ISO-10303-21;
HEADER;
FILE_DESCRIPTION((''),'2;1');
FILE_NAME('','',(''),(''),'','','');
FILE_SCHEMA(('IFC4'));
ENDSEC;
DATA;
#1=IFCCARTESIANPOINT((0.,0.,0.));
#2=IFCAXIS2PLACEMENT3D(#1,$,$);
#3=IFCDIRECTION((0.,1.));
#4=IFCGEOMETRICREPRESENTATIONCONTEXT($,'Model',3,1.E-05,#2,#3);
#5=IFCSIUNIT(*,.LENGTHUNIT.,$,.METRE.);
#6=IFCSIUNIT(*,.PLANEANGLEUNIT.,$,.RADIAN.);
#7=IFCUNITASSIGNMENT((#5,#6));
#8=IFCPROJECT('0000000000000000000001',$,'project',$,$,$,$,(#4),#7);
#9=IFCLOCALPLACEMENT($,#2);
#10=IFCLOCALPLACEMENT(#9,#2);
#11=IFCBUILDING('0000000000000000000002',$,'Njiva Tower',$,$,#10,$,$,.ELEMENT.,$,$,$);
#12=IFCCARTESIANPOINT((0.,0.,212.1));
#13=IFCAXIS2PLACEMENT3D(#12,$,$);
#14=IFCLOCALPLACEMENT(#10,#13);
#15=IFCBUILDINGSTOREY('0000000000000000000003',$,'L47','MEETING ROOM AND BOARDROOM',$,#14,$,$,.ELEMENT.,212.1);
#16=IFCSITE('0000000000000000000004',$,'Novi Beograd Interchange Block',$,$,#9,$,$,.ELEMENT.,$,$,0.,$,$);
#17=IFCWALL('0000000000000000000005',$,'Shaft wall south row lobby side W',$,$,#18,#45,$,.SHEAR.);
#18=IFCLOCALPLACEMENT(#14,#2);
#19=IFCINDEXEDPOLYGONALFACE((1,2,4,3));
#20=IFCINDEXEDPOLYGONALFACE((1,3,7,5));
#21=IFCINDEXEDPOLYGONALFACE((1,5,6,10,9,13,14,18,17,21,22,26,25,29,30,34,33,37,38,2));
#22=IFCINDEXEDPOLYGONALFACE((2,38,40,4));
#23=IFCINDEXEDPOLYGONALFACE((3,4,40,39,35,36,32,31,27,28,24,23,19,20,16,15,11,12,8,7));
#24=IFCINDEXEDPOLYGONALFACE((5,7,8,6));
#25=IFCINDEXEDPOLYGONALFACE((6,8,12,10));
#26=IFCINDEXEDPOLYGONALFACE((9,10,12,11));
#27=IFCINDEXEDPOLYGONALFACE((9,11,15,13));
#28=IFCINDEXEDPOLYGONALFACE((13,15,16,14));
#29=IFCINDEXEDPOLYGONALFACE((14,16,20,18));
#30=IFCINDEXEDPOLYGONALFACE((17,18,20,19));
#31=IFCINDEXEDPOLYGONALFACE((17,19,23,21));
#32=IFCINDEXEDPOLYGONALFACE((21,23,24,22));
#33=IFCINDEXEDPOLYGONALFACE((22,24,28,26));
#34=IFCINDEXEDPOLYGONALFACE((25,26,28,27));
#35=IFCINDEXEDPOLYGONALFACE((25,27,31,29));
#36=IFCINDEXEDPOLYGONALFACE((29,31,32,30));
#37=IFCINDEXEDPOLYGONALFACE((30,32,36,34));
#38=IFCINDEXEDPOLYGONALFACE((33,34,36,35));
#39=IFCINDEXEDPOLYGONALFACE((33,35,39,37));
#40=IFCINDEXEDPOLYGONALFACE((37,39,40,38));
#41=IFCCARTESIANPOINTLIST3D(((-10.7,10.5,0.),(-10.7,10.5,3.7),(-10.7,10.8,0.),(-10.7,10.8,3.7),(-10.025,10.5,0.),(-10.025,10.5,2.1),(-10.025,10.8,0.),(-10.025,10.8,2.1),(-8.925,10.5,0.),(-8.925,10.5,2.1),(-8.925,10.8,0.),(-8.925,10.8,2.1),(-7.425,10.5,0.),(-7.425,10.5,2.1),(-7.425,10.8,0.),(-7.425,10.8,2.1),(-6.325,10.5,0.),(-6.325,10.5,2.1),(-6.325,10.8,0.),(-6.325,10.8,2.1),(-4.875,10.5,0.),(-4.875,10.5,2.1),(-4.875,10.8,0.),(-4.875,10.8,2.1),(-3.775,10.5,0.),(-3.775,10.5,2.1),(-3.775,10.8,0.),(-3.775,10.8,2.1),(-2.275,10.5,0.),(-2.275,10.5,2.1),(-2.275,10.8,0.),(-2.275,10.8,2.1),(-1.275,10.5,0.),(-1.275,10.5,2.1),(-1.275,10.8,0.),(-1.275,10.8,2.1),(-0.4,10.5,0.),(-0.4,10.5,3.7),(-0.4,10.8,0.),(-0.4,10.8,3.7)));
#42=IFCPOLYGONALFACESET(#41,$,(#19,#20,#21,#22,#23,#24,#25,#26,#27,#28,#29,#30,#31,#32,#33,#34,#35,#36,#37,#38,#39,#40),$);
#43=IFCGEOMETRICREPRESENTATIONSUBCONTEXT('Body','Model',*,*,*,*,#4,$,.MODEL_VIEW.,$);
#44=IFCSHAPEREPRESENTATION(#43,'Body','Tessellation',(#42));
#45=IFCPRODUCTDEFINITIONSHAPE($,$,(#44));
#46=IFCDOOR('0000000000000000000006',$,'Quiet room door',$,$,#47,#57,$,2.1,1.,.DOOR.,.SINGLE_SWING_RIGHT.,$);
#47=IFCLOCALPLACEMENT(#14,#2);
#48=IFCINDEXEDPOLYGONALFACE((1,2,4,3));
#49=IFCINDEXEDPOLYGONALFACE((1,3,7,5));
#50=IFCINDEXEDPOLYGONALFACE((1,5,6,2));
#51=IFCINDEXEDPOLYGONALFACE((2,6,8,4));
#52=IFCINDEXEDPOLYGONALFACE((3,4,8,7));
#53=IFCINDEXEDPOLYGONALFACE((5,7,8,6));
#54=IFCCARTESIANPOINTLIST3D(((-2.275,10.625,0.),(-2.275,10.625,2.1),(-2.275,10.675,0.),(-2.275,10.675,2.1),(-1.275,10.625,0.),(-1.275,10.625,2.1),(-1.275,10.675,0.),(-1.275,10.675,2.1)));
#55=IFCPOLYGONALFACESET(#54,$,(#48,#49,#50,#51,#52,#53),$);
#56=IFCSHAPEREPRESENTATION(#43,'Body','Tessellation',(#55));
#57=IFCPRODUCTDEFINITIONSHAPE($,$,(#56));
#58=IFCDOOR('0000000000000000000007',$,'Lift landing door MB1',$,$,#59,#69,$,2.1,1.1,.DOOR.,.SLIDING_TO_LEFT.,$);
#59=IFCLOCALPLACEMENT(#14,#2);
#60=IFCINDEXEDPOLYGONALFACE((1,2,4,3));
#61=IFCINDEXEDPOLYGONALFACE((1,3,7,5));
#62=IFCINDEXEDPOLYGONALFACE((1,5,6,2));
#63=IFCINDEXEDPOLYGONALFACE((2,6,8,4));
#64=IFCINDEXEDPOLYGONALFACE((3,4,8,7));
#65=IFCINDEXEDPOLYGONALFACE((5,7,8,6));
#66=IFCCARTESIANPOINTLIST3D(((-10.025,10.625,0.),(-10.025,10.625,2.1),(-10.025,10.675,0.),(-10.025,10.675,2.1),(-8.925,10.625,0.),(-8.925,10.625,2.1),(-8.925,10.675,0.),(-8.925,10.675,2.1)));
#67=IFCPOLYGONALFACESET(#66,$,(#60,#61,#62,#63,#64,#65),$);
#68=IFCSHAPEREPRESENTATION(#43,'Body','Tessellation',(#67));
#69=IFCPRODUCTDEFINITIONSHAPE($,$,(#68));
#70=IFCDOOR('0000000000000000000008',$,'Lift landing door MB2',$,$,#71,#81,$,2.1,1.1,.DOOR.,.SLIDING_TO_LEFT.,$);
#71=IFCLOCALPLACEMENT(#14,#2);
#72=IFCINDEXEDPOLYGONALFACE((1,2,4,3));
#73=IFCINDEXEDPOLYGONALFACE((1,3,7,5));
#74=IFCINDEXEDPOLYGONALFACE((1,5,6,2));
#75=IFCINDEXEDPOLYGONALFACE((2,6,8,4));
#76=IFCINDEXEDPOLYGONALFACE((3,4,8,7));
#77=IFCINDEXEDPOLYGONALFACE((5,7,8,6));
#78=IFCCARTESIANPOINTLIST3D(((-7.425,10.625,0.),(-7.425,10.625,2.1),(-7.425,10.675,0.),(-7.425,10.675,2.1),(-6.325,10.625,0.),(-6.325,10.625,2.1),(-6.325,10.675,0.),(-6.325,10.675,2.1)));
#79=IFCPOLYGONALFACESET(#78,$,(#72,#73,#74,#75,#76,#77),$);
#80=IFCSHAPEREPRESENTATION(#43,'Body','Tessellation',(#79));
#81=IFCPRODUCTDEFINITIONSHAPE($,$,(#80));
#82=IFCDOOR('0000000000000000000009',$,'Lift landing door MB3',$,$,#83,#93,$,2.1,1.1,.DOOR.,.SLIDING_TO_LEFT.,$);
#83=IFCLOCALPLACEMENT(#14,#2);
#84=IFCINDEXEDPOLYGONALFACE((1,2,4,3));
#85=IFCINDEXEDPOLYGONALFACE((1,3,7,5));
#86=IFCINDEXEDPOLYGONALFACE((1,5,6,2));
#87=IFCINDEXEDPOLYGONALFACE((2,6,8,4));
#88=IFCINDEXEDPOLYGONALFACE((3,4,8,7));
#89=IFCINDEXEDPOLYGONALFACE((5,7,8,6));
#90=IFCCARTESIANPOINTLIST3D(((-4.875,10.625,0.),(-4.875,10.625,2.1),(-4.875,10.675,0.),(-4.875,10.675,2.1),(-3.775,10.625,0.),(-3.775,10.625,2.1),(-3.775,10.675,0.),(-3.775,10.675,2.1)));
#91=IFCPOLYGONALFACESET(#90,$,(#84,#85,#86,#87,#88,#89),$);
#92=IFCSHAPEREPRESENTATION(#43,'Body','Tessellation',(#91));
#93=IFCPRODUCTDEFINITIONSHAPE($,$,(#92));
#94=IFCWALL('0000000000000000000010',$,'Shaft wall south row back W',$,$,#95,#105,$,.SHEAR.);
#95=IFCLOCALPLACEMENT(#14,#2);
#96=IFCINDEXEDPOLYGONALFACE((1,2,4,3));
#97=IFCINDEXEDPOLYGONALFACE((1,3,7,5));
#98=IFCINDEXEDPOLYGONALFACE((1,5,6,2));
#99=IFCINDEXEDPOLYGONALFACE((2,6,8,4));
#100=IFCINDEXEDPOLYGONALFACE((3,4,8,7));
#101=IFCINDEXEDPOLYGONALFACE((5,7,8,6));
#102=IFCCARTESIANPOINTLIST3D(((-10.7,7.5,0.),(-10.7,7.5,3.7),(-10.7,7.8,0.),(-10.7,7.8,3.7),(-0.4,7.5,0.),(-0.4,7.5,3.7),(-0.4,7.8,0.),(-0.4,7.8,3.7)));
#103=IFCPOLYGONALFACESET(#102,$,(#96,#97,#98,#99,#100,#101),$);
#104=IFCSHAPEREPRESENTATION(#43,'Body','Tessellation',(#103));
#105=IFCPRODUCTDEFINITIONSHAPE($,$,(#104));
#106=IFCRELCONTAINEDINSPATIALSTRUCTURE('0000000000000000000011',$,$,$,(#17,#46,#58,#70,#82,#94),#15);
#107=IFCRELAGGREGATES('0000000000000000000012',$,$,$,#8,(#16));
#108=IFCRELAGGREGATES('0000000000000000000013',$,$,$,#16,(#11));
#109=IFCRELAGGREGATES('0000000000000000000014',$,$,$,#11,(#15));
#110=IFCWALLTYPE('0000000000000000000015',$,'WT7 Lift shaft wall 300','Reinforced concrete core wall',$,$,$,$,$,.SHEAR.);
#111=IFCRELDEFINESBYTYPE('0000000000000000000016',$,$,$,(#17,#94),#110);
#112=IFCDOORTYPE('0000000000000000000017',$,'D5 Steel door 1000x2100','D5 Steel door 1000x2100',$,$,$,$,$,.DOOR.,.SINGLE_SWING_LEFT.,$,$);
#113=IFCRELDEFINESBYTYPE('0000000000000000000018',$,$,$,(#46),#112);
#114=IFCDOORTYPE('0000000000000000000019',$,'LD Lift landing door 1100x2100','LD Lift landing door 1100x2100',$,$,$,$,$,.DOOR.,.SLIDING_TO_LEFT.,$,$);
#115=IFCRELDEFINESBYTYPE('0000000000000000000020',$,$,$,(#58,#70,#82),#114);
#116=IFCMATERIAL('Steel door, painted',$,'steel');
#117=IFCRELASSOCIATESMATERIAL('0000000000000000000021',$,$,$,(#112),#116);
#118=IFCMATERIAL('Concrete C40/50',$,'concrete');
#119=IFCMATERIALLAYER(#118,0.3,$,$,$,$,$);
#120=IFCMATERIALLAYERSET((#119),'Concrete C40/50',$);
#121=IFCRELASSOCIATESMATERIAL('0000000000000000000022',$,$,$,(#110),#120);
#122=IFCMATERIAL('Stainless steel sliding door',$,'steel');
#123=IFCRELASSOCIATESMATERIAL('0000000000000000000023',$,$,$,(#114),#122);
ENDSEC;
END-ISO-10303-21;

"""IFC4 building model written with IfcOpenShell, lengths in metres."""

from ifc_helpers import new_model, si_unit, direction, frame, frame_2d, origin, place, context, subcontext, project, spatial, rectangle, extrude, material, layer, layer_set, type_object, element, fill, save


model = new_model("IFC4")

# Units and contexts
model_context = context("Model", 3, precision=1e-05, world=origin(), true_north=direction((0.0, 1.0)))
body_context = subcontext(model_context, "Body", "Model", "MODEL_VIEW")
ifc_project = project(units=[si_unit("LENGTHUNIT", "METRE"), si_unit("PLANEANGLEUNIT", "RADIAN")], contexts=[model_context])

# Site, building, storey
site_placement = place(None, origin())
site = spatial("IfcSite", under=ifc_project, at=site_placement, Name="Novi Beograd Interchange Block", CompositionType="ELEMENT", RefElevation=0.0)
building_placement = place(site_placement, origin())
building = spatial("IfcBuilding", under=site, at=building_placement, Name="Njiva Tower", CompositionType="ELEMENT")
storey_placement = place(building_placement, frame((0.0, 0.0, 212.1)))
storey = spatial("IfcBuildingStorey", under=building, at=storey_placement, Name="L47", Description="MEETING ROOM AND BOARDROOM", CompositionType="ELEMENT", Elevation=212.1)

# Shared definitions
ifc_material_1 = material(Name="Concrete C40/50", Category="concrete")
ifc_material_2 = material(Name="Steel door, painted", Category="steel")
door_type_1 = type_object("IfcDoorType", Name="D5 Steel door 1000x2100", Description="D5 Steel door 1000x2100", OperationType="SINGLE_SWING_LEFT", PredefinedType="DOOR", material=ifc_material_2)

# Wall, openings, doors
ifc_layer_1 = layer(ifc_material_1, 0.3)
ifc_layer_set_1 = layer_set([ifc_layer_1], Name="Concrete C40/50")
wall_type_1 = type_object("IfcWallType", Name="WT7 Lift shaft wall 300", Description="Reinforced concrete core wall", PredefinedType="SHEAR", material=ifc_layer_set_1)
wall_1_placement = place(storey_placement, frame((-10.7, 10.65, 0.0), z_axis=(0.0, 0.0, 1.0), x_axis=(1.0, 0.0, 0.0)))
wall_1 = element("IfcWall", 1, at=wall_1_placement, inside=storey, type_object=wall_type_1, Name="Shaft wall south row lobby side W", PredefinedType="SHEAR", context=body_context, shape_type="SweptSolid", body=[
    extrude(rectangle(XDim=10.3, YDim=0.3, at=frame_2d((5.15, 0.0))), origin(), (0.0, 0.0, 1.0), 3.7),
])
opening_1_placement = place(wall_1_placement, frame((0.675, 0.0, 0.0)))
opening_1 = element("IfcOpeningElement", 2, at=opening_1_placement, cuts=wall_1, PredefinedType="OPENING", context=body_context, shape_type="SweptSolid", body=[
    extrude(rectangle(XDim=1.1, YDim=2.1, at=frame_2d((0.55, 1.05))), frame((0.0, 0.16, 0.0), z_axis=(0.0, -1.0, 0.0), x_axis=(1.0, 0.0, 0.0)), (0.0, 0.0, 1.0), 0.32),
])
opening_2_placement = place(wall_1_placement, frame((3.275, 0.0, 0.0)))
opening_2 = element("IfcOpeningElement", 3, at=opening_2_placement, cuts=wall_1, PredefinedType="OPENING", context=body_context, shape_type="SweptSolid", body=[
    extrude(rectangle(XDim=1.1, YDim=2.1, at=frame_2d((0.55, 1.05))), frame((0.0, 0.16, 0.0), z_axis=(0.0, -1.0, 0.0), x_axis=(1.0, 0.0, 0.0)), (0.0, 0.0, 1.0), 0.32),
])
opening_3_placement = place(wall_1_placement, frame((5.825, 0.0, 0.0)))
opening_3 = element("IfcOpeningElement", 4, at=opening_3_placement, cuts=wall_1, PredefinedType="OPENING", context=body_context, shape_type="SweptSolid", body=[
    extrude(rectangle(XDim=1.1, YDim=2.1, at=frame_2d((0.55, 1.05))), frame((0.0, 0.16, 0.0), z_axis=(0.0, -1.0, 0.0), x_axis=(1.0, 0.0, 0.0)), (0.0, 0.0, 1.0), 0.32),
])
opening_4_placement = place(wall_1_placement, frame((8.425, 0.0, 0.0)))
opening_4 = element("IfcOpeningElement", 5, at=opening_4_placement, cuts=wall_1, PredefinedType="OPENING", context=body_context, shape_type="SweptSolid", body=[
    extrude(rectangle(XDim=1.0, YDim=2.1, at=frame_2d((0.5, 1.05))), frame((0.0, 0.16, 0.0), z_axis=(0.0, -1.0, 0.0), x_axis=(1.0, 0.0, 0.0)), (0.0, 0.0, 1.0), 0.32),
])
door_1_placement = place(opening_4_placement, origin())
door_1 = element("IfcDoor", 6, at=door_1_placement, inside=storey, type_object=door_type_1, Name="Quiet room door", OperationType="SINGLE_SWING_RIGHT", OverallHeight=2.1, OverallWidth=1.0, PredefinedType="DOOR", context=body_context, shape_type="SweptSolid", body=[
    extrude(rectangle(XDim=1.0, YDim=2.1, at=frame_2d((0.5, 1.05))), frame((0.0, 0.025, 0.0), z_axis=(0.0, -1.0, 0.0), x_axis=(1.0, 0.0, 0.0)), (0.0, 0.0, 1.0), 0.05),
])
fill(opening_4, door_1)
ifc_material_3 = material(Name="Stainless steel sliding door", Category="steel")
door_type_2 = type_object("IfcDoorType", Name="LD Lift landing door 1100x2100", Description="LD Lift landing door 1100x2100", OperationType="SLIDING_TO_LEFT", PredefinedType="DOOR", material=ifc_material_3)
door_2_placement = place(opening_1_placement, origin())
door_2 = element("IfcDoor", 7, at=door_2_placement, inside=storey, type_object=door_type_2, Name="Lift landing door MB1", OperationType="SLIDING_TO_LEFT", OverallHeight=2.1, OverallWidth=1.1, PredefinedType="DOOR", context=body_context, shape_type="SweptSolid", body=[
    extrude(rectangle(XDim=1.1, YDim=2.1, at=frame_2d((0.55, 1.05))), frame((0.0, 0.025, 0.0), z_axis=(0.0, -1.0, 0.0), x_axis=(1.0, 0.0, 0.0)), (0.0, 0.0, 1.0), 0.05),
])
fill(opening_1, door_2)
door_3_placement = place(opening_2_placement, origin())
door_3 = element("IfcDoor", 8, at=door_3_placement, inside=storey, type_object=door_type_2, Name="Lift landing door MB2", OperationType="SLIDING_TO_LEFT", OverallHeight=2.1, OverallWidth=1.1, PredefinedType="DOOR", context=body_context, shape_type="SweptSolid", body=[
    extrude(rectangle(XDim=1.1, YDim=2.1, at=frame_2d((0.55, 1.05))), frame((0.0, 0.025, 0.0), z_axis=(0.0, -1.0, 0.0), x_axis=(1.0, 0.0, 0.0)), (0.0, 0.0, 1.0), 0.05),
])
fill(opening_2, door_3)
door_4_placement = place(opening_3_placement, origin())
door_4 = element("IfcDoor", 9, at=door_4_placement, inside=storey, type_object=door_type_2, Name="Lift landing door MB3", OperationType="SLIDING_TO_LEFT", OverallHeight=2.1, OverallWidth=1.1, PredefinedType="DOOR", context=body_context, shape_type="SweptSolid", body=[
    extrude(rectangle(XDim=1.1, YDim=2.1, at=frame_2d((0.55, 1.05))), frame((0.0, 0.025, 0.0), z_axis=(0.0, -1.0, 0.0), x_axis=(1.0, 0.0, 0.0)), (0.0, 0.0, 1.0), 0.05),
])
fill(opening_3, door_4)

# Wall
wall_2_placement = place(storey_placement, frame((-10.7, 7.65, 0.0), z_axis=(0.0, 0.0, 1.0), x_axis=(1.0, 0.0, 0.0)))
element("IfcWall", 10, at=wall_2_placement, inside=storey, type_object=wall_type_1, Name="Shaft wall south row back W", PredefinedType="SHEAR", context=body_context, shape_type="SweptSolid", body=[
    extrude(rectangle(XDim=10.3, YDim=0.3, at=frame_2d((5.15, 0.0))), origin(), (0.0, 0.0, 1.0), 3.7),
])

save(model, "model.ifc")
